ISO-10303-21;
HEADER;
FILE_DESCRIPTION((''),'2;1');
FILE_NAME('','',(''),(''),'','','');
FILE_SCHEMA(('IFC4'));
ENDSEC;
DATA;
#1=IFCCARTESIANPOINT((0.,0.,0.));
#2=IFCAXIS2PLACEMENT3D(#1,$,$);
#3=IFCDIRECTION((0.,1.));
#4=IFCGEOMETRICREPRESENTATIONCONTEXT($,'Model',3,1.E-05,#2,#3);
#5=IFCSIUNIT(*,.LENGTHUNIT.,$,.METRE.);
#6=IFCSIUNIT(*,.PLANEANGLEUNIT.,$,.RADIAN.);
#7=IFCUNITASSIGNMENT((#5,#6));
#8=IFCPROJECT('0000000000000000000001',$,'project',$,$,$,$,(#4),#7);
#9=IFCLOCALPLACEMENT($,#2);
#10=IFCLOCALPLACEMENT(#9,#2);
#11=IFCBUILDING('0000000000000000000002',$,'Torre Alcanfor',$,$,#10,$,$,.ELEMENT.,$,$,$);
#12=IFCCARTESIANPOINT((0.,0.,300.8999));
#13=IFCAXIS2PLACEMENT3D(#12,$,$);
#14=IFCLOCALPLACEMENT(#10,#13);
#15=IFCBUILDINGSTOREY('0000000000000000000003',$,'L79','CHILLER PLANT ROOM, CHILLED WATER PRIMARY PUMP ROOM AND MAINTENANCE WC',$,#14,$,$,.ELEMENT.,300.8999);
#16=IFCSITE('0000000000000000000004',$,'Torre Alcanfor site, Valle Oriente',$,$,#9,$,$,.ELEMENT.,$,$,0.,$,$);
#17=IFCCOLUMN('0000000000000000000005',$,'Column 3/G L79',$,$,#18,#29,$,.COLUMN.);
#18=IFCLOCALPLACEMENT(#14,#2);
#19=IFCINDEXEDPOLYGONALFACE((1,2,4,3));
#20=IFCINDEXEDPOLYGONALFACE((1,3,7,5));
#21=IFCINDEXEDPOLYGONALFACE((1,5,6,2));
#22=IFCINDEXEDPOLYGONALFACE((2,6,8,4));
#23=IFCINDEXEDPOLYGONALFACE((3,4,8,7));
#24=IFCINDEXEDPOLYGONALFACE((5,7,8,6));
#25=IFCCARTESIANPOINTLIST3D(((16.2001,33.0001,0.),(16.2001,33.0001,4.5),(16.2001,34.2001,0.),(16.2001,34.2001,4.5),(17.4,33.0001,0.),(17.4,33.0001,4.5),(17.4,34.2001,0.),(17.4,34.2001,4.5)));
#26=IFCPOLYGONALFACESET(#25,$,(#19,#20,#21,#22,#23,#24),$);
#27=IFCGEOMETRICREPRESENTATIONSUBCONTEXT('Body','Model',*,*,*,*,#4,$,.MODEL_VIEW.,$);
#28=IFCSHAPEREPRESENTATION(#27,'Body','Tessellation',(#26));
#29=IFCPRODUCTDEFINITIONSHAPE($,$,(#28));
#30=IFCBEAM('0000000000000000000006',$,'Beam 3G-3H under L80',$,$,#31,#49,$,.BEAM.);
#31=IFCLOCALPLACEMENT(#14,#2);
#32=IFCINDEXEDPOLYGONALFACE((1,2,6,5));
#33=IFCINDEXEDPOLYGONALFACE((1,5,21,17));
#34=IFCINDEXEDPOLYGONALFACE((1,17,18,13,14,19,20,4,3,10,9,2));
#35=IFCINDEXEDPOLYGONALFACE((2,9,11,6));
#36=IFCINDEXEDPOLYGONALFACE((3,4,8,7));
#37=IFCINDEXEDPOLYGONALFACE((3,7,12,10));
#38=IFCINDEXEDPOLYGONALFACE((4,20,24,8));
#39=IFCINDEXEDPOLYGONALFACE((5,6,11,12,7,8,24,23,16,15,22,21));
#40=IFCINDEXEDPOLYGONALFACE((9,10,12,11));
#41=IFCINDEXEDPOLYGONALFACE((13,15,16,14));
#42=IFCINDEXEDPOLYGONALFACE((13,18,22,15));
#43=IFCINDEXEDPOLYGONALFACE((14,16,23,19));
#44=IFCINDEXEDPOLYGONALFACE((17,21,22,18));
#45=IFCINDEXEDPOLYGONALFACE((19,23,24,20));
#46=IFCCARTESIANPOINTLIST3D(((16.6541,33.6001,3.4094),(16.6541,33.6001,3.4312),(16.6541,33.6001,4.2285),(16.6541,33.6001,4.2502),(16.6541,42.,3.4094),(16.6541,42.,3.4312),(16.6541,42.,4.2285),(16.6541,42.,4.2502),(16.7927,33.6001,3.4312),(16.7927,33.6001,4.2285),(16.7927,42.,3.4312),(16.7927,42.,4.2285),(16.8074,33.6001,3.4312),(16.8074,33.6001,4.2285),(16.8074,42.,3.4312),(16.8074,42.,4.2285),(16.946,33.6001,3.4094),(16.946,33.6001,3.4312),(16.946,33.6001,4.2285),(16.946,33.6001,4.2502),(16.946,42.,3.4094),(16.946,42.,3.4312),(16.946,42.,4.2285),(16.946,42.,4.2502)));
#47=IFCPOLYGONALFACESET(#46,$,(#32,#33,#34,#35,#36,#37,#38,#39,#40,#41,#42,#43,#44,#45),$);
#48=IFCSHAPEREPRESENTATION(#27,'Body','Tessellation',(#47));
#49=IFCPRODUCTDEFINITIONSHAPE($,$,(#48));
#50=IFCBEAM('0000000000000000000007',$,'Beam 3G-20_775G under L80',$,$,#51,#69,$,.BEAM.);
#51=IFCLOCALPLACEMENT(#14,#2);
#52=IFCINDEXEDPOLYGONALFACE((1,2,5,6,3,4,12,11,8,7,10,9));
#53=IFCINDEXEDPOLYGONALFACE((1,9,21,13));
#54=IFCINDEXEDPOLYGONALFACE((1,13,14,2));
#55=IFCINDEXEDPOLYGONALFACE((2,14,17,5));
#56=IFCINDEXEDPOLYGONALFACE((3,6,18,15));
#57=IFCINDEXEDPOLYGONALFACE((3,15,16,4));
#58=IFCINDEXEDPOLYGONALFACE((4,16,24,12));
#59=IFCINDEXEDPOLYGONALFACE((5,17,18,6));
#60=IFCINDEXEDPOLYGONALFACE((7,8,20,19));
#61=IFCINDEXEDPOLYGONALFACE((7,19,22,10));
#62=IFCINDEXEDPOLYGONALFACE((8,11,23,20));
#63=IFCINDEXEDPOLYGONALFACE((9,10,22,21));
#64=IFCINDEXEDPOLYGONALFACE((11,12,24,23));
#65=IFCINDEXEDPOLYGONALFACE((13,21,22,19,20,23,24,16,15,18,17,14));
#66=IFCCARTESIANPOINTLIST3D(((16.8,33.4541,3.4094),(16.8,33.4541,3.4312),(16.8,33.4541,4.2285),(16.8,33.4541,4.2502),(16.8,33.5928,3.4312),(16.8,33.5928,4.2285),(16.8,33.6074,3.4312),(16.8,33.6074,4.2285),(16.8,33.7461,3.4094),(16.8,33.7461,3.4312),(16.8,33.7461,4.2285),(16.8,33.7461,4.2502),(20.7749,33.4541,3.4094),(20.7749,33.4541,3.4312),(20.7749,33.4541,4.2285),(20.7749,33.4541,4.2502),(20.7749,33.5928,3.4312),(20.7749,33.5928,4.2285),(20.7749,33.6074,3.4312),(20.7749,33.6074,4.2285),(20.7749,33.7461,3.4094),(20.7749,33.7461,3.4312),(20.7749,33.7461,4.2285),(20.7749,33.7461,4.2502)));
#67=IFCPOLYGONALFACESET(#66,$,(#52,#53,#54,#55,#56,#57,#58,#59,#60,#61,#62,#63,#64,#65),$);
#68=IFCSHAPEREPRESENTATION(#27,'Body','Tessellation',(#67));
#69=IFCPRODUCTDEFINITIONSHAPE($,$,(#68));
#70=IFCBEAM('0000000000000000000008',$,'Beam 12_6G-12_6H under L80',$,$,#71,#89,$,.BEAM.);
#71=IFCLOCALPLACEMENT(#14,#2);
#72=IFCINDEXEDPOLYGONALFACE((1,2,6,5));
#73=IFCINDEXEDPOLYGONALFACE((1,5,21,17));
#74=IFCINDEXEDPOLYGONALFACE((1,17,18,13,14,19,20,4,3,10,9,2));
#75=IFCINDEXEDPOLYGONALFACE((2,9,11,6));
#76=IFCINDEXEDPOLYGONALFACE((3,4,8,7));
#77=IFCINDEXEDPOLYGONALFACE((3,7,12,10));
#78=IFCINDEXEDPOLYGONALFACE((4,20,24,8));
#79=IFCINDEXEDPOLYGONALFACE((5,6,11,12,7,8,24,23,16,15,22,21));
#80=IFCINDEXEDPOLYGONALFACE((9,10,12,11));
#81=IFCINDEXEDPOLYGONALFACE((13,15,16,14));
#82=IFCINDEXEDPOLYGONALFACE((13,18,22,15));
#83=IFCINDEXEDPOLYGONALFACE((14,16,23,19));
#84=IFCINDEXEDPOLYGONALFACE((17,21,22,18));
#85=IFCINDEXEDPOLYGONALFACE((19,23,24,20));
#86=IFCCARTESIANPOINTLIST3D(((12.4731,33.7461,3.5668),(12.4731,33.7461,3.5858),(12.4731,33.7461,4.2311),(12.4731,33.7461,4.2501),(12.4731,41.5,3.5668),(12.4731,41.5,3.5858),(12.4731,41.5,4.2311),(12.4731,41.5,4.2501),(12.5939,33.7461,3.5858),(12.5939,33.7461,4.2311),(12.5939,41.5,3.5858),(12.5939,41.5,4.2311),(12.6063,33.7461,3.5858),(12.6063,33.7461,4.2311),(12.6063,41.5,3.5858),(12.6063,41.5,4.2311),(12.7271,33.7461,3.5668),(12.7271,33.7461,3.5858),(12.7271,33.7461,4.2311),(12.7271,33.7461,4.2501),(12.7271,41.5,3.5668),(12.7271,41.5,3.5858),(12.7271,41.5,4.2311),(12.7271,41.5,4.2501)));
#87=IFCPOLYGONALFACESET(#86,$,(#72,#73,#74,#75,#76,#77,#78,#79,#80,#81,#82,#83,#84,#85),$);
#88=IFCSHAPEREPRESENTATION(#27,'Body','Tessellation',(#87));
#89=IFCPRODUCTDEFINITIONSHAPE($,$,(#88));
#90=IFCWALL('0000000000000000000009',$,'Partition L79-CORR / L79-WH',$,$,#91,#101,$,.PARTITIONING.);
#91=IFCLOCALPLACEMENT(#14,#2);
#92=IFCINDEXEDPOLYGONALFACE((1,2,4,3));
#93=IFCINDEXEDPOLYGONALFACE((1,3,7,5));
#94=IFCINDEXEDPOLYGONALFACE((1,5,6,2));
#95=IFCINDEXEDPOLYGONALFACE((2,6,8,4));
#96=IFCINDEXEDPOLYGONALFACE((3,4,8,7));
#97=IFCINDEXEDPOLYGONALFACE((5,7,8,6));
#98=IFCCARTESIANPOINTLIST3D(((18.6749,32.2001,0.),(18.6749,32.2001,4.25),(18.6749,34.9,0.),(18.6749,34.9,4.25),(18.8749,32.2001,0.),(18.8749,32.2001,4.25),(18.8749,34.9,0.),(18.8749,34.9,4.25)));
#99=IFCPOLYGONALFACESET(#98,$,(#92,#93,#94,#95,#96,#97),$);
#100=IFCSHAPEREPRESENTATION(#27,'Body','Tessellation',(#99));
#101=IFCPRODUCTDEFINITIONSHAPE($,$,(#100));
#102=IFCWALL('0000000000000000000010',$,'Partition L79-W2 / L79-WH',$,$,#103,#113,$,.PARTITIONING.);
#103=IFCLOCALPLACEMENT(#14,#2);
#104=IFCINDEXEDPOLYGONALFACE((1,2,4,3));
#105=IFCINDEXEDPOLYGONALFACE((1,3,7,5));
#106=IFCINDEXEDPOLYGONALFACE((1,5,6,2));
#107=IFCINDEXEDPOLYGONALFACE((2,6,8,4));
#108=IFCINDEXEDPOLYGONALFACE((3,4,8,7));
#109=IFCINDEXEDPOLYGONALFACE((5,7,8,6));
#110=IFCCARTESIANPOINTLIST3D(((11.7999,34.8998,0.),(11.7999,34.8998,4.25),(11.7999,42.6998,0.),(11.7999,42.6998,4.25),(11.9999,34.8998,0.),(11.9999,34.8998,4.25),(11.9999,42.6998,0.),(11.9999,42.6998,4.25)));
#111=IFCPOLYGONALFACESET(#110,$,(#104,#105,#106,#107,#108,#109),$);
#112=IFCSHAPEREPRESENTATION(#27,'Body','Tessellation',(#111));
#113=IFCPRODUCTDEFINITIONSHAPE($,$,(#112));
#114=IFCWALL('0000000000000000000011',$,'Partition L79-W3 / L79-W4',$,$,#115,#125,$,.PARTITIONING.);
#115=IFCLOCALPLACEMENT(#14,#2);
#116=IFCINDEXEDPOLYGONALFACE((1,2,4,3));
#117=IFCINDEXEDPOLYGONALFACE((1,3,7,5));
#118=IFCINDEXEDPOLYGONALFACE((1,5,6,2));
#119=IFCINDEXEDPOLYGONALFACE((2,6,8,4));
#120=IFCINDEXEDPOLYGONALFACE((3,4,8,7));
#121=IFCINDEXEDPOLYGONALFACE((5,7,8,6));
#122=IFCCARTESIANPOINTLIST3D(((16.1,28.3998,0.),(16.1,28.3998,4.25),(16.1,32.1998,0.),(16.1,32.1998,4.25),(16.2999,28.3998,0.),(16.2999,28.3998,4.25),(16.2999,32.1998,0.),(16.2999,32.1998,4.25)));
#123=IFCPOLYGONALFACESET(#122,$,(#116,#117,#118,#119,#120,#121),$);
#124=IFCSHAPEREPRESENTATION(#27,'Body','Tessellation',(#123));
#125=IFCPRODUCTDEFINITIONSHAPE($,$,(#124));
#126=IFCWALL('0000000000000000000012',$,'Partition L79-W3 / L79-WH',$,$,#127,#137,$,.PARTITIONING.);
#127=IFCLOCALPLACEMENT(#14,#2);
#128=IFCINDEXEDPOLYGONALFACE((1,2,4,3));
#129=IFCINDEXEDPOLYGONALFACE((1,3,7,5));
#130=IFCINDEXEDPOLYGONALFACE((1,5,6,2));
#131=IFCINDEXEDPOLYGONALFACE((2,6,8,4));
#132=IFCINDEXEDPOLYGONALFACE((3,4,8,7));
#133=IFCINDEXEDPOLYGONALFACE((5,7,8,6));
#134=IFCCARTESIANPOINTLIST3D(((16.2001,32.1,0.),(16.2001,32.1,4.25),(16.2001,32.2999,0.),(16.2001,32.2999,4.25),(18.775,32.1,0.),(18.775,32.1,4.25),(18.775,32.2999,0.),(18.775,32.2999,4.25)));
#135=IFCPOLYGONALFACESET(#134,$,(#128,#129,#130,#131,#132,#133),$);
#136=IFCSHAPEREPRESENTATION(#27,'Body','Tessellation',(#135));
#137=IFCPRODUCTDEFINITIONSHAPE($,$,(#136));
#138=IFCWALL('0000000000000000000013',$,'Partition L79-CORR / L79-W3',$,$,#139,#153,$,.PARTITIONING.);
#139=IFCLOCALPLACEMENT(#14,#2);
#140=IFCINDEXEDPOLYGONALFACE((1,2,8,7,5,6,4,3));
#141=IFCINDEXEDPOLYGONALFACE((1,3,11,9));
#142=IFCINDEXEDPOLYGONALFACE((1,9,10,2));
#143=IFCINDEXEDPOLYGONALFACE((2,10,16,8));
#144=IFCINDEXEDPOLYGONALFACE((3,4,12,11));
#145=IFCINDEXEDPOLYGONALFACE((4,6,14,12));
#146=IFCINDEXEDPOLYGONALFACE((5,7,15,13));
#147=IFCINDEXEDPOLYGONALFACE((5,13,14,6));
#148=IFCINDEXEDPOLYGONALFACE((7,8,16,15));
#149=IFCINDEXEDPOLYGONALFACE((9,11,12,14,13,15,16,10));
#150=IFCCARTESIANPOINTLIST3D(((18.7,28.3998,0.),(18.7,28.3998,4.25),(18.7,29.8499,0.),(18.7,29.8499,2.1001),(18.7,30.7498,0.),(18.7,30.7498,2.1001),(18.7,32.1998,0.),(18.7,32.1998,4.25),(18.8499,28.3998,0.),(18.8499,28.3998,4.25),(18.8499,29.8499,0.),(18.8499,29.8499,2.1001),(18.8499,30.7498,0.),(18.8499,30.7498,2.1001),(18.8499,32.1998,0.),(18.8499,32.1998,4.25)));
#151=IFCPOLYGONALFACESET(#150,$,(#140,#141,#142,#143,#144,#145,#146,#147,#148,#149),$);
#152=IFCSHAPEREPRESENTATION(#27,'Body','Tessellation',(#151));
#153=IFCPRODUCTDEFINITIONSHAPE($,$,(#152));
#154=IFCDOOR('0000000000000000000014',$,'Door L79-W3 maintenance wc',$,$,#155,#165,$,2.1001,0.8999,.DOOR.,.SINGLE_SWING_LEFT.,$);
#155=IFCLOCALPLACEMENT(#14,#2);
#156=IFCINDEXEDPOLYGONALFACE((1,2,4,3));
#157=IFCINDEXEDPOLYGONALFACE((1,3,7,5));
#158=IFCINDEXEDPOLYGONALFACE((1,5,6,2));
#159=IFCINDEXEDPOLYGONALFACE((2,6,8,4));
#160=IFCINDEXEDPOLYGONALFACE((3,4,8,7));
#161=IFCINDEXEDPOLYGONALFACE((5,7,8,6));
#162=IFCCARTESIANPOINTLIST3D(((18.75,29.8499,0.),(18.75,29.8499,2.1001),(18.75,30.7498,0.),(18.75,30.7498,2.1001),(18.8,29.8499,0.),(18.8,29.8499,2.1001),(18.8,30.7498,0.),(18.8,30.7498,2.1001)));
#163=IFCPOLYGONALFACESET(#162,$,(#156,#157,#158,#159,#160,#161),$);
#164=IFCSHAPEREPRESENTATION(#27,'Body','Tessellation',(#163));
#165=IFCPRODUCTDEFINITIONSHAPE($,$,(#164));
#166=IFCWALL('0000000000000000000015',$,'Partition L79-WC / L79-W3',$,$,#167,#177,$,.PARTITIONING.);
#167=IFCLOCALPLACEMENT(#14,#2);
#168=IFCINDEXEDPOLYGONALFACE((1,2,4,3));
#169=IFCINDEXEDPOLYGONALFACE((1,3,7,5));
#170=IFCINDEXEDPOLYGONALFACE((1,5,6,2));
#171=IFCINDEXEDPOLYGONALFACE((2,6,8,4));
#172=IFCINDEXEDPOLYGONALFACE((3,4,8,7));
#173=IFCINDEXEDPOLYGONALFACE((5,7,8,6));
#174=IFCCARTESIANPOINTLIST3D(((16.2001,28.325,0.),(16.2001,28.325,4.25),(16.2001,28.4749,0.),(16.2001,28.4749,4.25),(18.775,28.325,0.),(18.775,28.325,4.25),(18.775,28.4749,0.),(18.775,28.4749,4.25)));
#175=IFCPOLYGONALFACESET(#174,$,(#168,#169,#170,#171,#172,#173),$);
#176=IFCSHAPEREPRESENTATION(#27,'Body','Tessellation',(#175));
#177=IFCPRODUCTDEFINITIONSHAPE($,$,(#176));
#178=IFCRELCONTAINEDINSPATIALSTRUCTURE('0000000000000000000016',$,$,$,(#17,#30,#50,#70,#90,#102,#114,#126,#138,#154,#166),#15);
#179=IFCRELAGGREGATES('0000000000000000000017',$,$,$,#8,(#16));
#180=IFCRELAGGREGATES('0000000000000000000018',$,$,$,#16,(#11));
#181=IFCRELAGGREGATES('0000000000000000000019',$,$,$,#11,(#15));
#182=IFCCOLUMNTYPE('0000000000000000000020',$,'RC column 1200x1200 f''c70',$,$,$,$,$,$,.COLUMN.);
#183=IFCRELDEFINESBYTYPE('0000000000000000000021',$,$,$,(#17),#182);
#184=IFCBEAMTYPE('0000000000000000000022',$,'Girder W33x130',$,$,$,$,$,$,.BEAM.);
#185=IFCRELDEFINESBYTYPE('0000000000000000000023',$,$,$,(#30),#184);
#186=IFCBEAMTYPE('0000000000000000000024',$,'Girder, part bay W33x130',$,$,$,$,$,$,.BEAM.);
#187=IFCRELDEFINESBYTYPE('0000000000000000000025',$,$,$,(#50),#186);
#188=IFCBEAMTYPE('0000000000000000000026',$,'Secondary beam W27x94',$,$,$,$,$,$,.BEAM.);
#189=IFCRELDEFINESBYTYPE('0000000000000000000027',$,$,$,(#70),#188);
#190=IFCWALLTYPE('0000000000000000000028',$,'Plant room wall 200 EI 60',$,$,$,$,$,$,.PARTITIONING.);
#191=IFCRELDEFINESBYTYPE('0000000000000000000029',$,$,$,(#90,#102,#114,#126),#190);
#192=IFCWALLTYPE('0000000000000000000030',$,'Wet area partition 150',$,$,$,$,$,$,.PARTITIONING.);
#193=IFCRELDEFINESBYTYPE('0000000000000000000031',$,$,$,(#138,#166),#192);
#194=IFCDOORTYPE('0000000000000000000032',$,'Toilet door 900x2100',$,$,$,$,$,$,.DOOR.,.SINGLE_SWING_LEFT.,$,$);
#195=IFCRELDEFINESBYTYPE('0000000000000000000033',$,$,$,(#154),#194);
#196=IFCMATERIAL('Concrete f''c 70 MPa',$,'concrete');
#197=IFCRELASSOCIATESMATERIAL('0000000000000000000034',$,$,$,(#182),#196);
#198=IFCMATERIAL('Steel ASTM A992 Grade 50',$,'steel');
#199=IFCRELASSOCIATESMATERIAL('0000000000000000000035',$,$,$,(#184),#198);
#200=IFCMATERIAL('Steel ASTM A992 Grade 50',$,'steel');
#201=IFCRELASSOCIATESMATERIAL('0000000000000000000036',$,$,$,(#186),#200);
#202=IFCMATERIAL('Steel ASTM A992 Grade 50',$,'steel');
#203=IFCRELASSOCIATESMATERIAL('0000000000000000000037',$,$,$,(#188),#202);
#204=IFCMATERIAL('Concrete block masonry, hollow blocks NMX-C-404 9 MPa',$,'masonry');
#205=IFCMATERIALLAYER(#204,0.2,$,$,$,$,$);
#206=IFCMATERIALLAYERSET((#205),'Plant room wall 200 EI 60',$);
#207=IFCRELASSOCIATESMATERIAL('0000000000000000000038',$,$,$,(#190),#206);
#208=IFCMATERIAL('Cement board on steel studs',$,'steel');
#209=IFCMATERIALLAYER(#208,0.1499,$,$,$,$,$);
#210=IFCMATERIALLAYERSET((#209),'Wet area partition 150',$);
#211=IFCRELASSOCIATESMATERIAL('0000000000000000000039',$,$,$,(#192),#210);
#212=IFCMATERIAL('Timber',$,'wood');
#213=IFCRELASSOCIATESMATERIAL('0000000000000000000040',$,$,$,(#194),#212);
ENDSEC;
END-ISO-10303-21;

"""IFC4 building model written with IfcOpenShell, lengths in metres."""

from ifc_helpers import new_model, si_unit, direction, frame, frame_2d, origin, origin_2d, place, context, subcontext, project, spatial, rectangle, i_section, extrude, material, layer, layer_set, material_profile, profile_set, type_object, element, fill, save


model = new_model("IFC4")

# Units and contexts
model_context = context("Model", 3, precision=1e-05, world=origin(), true_north=direction((0.0, 1.0)))
body_context = subcontext(model_context, "Body", "Model", "MODEL_VIEW")
ifc_project = project(units=[si_unit("LENGTHUNIT", "METRE"), si_unit("PLANEANGLEUNIT", "RADIAN")], contexts=[model_context])

# Site, building, storey
site_placement = place(None, origin())
site = spatial("IfcSite", under=ifc_project, at=site_placement, Name="Torre Alcanfor site, Valle Oriente", CompositionType="ELEMENT", RefElevation=0.0)
building_placement = place(site_placement, origin())
building = spatial("IfcBuilding", under=site, at=building_placement, Name="Torre Alcanfor", CompositionType="ELEMENT")
storey_placement = place(building_placement, frame((0.0, 0.0, 300.8999)))
storey = spatial("IfcBuildingStorey", under=building, at=storey_placement, Name="L79", Description="CHILLER PLANT ROOM, CHILLED WATER PRIMARY PUMP ROOM AND MAINTENANCE WC", CompositionType="ELEMENT", Elevation=300.8999)

# Column
ifc_material_1 = material(Name="Concrete f'c 70 MPa", Category="concrete")
ifc_material_profile_1 = material_profile(ifc_material_1, rectangle(XDim=1.2, YDim=1.2, at=origin_2d()), Name="1200x1200")
ifc_profile_set_1 = profile_set([ifc_material_profile_1], Name="Concrete f'c 70 MPa")
column_type = type_object("IfcColumnType", Name="RC column 1200x1200 f'c70", PredefinedType="COLUMN", material=ifc_profile_set_1)
column_placement = place(storey_placement, frame((16.8, 33.6001, 0.0), z_axis=(0.0, 0.0, 1.0), x_axis=(1.0, 0.0, 0.0)))
element("IfcColumn", 1, at=column_placement, inside=storey, type_object=column_type, Name="Column 3/G L79", PredefinedType="COLUMN", context=body_context, shape_type="SweptSolid", body=[
    extrude(rectangle(XDim=1.2, YDim=1.2, at=origin_2d()), origin(), (0.0, 0.0, 1.0), 4.5),
])

# Beams
ifc_material_2 = material(Name="Steel ASTM A992 Grade 50", Category="steel")
ifc_material_profile_2 = material_profile(ifc_material_2, i_section(OverallWidth=0.292, OverallDepth=0.8408, WebThickness=0.0146, FlangeThickness=0.0217, at=origin_2d()), Name="W33x130")
ifc_profile_set_2 = profile_set([ifc_material_profile_2], Name="Steel ASTM A992 Grade 50")
beam_type_1 = type_object("IfcBeamType", Name="Girder W33x130", PredefinedType="BEAM", material=ifc_profile_set_2)
beam_1_placement = place(storey_placement, frame((16.8, 33.6001, 3.8298), z_axis=(0.0, 1.0, 0.0), x_axis=(-1.0, 0.0, 0.0)))
element("IfcBeam", 2, at=beam_1_placement, inside=storey, type_object=beam_type_1, Name="Beam 3G-3H under L80", PredefinedType="BEAM", context=body_context, shape_type="SweptSolid", body=[
    extrude(i_section(OverallWidth=0.292, OverallDepth=0.8408, WebThickness=0.0146, FlangeThickness=0.0217, at=origin_2d()), origin(), (0.0, 0.0, 1.0), 8.3999),
])
ifc_material_3 = material(Name="Steel ASTM A992 Grade 50", Category="steel")
ifc_material_profile_3 = material_profile(ifc_material_3, i_section(OverallWidth=0.292, OverallDepth=0.8408, WebThickness=0.0146, FlangeThickness=0.0217, at=origin_2d()), Name="W33x130")
ifc_profile_set_3 = profile_set([ifc_material_profile_3], Name="Steel ASTM A992 Grade 50")
beam_type_2 = type_object("IfcBeamType", Name="Girder, part bay W33x130", PredefinedType="BEAM", material=ifc_profile_set_3)
beam_2_placement = place(storey_placement, frame((16.8, 33.6001, 3.8298), z_axis=(1.0, 0.0, 0.0), x_axis=(0.0, 1.0, 0.0)))
element("IfcBeam", 3, at=beam_2_placement, inside=storey, type_object=beam_type_2, Name="Beam 3G-20_775G under L80", PredefinedType="BEAM", context=body_context, shape_type="SweptSolid", body=[
    extrude(i_section(OverallWidth=0.292, OverallDepth=0.8408, WebThickness=0.0146, FlangeThickness=0.0217, at=origin_2d()), origin(), (0.0, 0.0, 1.0), 3.9749),
])
ifc_material_4 = material(Name="Steel ASTM A992 Grade 50", Category="steel")
ifc_material_profile_4 = material_profile(ifc_material_4, i_section(OverallWidth=0.2539, OverallDepth=0.6833, WebThickness=0.0125, FlangeThickness=0.019, at=origin_2d()), Name="W27x94")
ifc_profile_set_4 = profile_set([ifc_material_profile_4], Name="Steel ASTM A992 Grade 50")
beam_type_3 = type_object("IfcBeamType", Name="Secondary beam W27x94", PredefinedType="BEAM", material=ifc_profile_set_4)
beam_3_placement = place(storey_placement, frame((12.6001, 33.7461, 3.9084), z_axis=(0.0, 1.0, 0.0), x_axis=(-1.0, 0.0, 0.0)))
element("IfcBeam", 4, at=beam_3_placement, inside=storey, type_object=beam_type_3, Name="Beam 12_6G-12_6H under L80", PredefinedType="BEAM", context=body_context, shape_type="SweptSolid", body=[
    extrude(i_section(OverallWidth=0.2539, OverallDepth=0.6833, WebThickness=0.0125, FlangeThickness=0.019, at=origin_2d()), origin(), (0.0, 0.0, 1.0), 7.7539),
])

# Shared definitions
ifc_material_5 = material(Name="Concrete block masonry, hollow blocks NMX-C-404 9 MPa", Category="masonry")
ifc_layer_1 = layer(ifc_material_5, 0.2)
ifc_layer_set_1 = layer_set([ifc_layer_1], Name="Plant room wall 200 EI 60")
wall_type_1 = type_object("IfcWallType", Name="Plant room wall 200 EI 60", PredefinedType="PARTITIONING", material=ifc_layer_set_1)

# Walls
wall_1_placement = place(storey_placement, frame((18.7749, 32.2, 0.0), z_axis=(0.0, 0.0, 1.0), x_axis=(0.0, 1.0, 0.0)))
element("IfcWall", 5, at=wall_1_placement, inside=storey, type_object=wall_type_1, Name="Partition L79-CORR / L79-WH", PredefinedType="PARTITIONING", context=body_context, shape_type="SweptSolid", body=[
    extrude(rectangle(XDim=2.7, YDim=0.2, at=frame_2d((1.3501, 0.0))), origin(), (0.0, 0.0, 1.0), 4.25),
])
wall_2_placement = place(storey_placement, frame((11.8999, 34.8999, 0.0), z_axis=(0.0, 0.0, 1.0), x_axis=(0.0, 1.0, 0.0)))
element("IfcWall", 6, at=wall_2_placement, inside=storey, type_object=wall_type_1, Name="Partition L79-W2 / L79-WH", PredefinedType="PARTITIONING", context=body_context, shape_type="SweptSolid", body=[
    extrude(rectangle(XDim=7.8, YDim=0.2, at=frame_2d((3.8999, 0.0))), origin(), (0.0, 0.0, 1.0), 4.25),
])
wall_3_placement = place(storey_placement, frame((16.2, 28.3999, 0.0), z_axis=(0.0, 0.0, 1.0), x_axis=(0.0, 1.0, 0.0)))
element("IfcWall", 7, at=wall_3_placement, inside=storey, type_object=wall_type_1, Name="Partition L79-W3 / L79-W4", PredefinedType="PARTITIONING", context=body_context, shape_type="SweptSolid", body=[
    extrude(rectangle(XDim=3.8, YDim=0.2, at=frame_2d((1.8999, 0.0))), origin(), (0.0, 0.0, 1.0), 4.25),
])
wall_4_placement = place(storey_placement, frame((16.2, 32.2, 0.0), z_axis=(0.0, 0.0, 1.0), x_axis=(1.0, 0.0, 0.0)))
element("IfcWall", 8, at=wall_4_placement, inside=storey, type_object=wall_type_1, Name="Partition L79-W3 / L79-WH", PredefinedType="PARTITIONING", context=body_context, shape_type="SweptSolid", body=[
    extrude(rectangle(XDim=2.575, YDim=0.2, at=frame_2d((1.2876, 0.0))), origin(), (0.0, 0.0, 1.0), 4.25),
])

# Wall, opening, door
ifc_material_6 = material(Name="Cement board on steel studs", Category="steel")
ifc_layer_2 = layer(ifc_material_6, 0.1499)
ifc_layer_set_2 = layer_set([ifc_layer_2], Name="Wet area partition 150")
wall_type_2 = type_object("IfcWallType", Name="Wet area partition 150", PredefinedType="PARTITIONING", material=ifc_layer_set_2)
wall_5_placement = place(storey_placement, frame((18.7749, 28.3999, 0.0), z_axis=(0.0, 0.0, 1.0), x_axis=(0.0, 1.0, 0.0)))
wall_5 = element("IfcWall", 9, at=wall_5_placement, inside=storey, type_object=wall_type_2, Name="Partition L79-CORR / L79-W3", PredefinedType="PARTITIONING", context=body_context, shape_type="SweptSolid", body=[
    extrude(rectangle(XDim=3.8, YDim=0.1499, at=frame_2d((1.8999, 0.0))), origin(), (0.0, 0.0, 1.0), 4.25),
])
opening_1_placement = place(wall_5_placement, frame((1.45, 0.0, 0.0)))
opening_1 = element("IfcOpeningElement", 10, at=opening_1_placement, cuts=wall_5, PredefinedType="OPENING", context=body_context, shape_type="SweptSolid", body=[
    extrude(rectangle(XDim=0.8999, YDim=2.1001, at=frame_2d((0.45, 1.05))), frame((0.0, 0.085, 0.0), z_axis=(0.0, -1.0, 0.0), x_axis=(1.0, 0.0, 0.0)), (0.0, 0.0, 1.0), 0.1699),
])
ifc_material_7 = material(Name="Timber", Category="wood")
door_type_1 = type_object("IfcDoorType", Name="Toilet door 900x2100", OperationType="SINGLE_SWING_LEFT", PredefinedType="DOOR", material=ifc_material_7)
door_1_placement = place(opening_1_placement, origin())
door_1 = element("IfcDoor", 11, at=door_1_placement, inside=storey, type_object=door_type_1, Name="Door L79-W3 maintenance wc", OperationType="SINGLE_SWING_LEFT", OverallHeight=2.1001, OverallWidth=0.8999, PredefinedType="DOOR", context=body_context, shape_type="SweptSolid", body=[
    extrude(rectangle(XDim=0.8999, YDim=2.1001, at=frame_2d((0.45, 1.05))), frame((0.0, 0.0249, 0.0), z_axis=(0.0, -1.0, 0.0), x_axis=(1.0, 0.0, 0.0)), (0.0, 0.0, 1.0), 0.05),
])
fill(opening_1, door_1)

# Wall
wall_6_placement = place(storey_placement, frame((16.2, 28.3999, 0.0), z_axis=(0.0, 0.0, 1.0), x_axis=(1.0, 0.0, 0.0)))
element("IfcWall", 12, at=wall_6_placement, inside=storey, type_object=wall_type_2, Name="Partition L79-WC / L79-W3", PredefinedType="PARTITIONING", context=body_context, shape_type="SweptSolid", body=[
    extrude(rectangle(XDim=2.575, YDim=0.1499, at=frame_2d((1.2876, 0.0))), origin(), (0.0, 0.0, 1.0), 4.25),
])

save(model, "model.ifc")
